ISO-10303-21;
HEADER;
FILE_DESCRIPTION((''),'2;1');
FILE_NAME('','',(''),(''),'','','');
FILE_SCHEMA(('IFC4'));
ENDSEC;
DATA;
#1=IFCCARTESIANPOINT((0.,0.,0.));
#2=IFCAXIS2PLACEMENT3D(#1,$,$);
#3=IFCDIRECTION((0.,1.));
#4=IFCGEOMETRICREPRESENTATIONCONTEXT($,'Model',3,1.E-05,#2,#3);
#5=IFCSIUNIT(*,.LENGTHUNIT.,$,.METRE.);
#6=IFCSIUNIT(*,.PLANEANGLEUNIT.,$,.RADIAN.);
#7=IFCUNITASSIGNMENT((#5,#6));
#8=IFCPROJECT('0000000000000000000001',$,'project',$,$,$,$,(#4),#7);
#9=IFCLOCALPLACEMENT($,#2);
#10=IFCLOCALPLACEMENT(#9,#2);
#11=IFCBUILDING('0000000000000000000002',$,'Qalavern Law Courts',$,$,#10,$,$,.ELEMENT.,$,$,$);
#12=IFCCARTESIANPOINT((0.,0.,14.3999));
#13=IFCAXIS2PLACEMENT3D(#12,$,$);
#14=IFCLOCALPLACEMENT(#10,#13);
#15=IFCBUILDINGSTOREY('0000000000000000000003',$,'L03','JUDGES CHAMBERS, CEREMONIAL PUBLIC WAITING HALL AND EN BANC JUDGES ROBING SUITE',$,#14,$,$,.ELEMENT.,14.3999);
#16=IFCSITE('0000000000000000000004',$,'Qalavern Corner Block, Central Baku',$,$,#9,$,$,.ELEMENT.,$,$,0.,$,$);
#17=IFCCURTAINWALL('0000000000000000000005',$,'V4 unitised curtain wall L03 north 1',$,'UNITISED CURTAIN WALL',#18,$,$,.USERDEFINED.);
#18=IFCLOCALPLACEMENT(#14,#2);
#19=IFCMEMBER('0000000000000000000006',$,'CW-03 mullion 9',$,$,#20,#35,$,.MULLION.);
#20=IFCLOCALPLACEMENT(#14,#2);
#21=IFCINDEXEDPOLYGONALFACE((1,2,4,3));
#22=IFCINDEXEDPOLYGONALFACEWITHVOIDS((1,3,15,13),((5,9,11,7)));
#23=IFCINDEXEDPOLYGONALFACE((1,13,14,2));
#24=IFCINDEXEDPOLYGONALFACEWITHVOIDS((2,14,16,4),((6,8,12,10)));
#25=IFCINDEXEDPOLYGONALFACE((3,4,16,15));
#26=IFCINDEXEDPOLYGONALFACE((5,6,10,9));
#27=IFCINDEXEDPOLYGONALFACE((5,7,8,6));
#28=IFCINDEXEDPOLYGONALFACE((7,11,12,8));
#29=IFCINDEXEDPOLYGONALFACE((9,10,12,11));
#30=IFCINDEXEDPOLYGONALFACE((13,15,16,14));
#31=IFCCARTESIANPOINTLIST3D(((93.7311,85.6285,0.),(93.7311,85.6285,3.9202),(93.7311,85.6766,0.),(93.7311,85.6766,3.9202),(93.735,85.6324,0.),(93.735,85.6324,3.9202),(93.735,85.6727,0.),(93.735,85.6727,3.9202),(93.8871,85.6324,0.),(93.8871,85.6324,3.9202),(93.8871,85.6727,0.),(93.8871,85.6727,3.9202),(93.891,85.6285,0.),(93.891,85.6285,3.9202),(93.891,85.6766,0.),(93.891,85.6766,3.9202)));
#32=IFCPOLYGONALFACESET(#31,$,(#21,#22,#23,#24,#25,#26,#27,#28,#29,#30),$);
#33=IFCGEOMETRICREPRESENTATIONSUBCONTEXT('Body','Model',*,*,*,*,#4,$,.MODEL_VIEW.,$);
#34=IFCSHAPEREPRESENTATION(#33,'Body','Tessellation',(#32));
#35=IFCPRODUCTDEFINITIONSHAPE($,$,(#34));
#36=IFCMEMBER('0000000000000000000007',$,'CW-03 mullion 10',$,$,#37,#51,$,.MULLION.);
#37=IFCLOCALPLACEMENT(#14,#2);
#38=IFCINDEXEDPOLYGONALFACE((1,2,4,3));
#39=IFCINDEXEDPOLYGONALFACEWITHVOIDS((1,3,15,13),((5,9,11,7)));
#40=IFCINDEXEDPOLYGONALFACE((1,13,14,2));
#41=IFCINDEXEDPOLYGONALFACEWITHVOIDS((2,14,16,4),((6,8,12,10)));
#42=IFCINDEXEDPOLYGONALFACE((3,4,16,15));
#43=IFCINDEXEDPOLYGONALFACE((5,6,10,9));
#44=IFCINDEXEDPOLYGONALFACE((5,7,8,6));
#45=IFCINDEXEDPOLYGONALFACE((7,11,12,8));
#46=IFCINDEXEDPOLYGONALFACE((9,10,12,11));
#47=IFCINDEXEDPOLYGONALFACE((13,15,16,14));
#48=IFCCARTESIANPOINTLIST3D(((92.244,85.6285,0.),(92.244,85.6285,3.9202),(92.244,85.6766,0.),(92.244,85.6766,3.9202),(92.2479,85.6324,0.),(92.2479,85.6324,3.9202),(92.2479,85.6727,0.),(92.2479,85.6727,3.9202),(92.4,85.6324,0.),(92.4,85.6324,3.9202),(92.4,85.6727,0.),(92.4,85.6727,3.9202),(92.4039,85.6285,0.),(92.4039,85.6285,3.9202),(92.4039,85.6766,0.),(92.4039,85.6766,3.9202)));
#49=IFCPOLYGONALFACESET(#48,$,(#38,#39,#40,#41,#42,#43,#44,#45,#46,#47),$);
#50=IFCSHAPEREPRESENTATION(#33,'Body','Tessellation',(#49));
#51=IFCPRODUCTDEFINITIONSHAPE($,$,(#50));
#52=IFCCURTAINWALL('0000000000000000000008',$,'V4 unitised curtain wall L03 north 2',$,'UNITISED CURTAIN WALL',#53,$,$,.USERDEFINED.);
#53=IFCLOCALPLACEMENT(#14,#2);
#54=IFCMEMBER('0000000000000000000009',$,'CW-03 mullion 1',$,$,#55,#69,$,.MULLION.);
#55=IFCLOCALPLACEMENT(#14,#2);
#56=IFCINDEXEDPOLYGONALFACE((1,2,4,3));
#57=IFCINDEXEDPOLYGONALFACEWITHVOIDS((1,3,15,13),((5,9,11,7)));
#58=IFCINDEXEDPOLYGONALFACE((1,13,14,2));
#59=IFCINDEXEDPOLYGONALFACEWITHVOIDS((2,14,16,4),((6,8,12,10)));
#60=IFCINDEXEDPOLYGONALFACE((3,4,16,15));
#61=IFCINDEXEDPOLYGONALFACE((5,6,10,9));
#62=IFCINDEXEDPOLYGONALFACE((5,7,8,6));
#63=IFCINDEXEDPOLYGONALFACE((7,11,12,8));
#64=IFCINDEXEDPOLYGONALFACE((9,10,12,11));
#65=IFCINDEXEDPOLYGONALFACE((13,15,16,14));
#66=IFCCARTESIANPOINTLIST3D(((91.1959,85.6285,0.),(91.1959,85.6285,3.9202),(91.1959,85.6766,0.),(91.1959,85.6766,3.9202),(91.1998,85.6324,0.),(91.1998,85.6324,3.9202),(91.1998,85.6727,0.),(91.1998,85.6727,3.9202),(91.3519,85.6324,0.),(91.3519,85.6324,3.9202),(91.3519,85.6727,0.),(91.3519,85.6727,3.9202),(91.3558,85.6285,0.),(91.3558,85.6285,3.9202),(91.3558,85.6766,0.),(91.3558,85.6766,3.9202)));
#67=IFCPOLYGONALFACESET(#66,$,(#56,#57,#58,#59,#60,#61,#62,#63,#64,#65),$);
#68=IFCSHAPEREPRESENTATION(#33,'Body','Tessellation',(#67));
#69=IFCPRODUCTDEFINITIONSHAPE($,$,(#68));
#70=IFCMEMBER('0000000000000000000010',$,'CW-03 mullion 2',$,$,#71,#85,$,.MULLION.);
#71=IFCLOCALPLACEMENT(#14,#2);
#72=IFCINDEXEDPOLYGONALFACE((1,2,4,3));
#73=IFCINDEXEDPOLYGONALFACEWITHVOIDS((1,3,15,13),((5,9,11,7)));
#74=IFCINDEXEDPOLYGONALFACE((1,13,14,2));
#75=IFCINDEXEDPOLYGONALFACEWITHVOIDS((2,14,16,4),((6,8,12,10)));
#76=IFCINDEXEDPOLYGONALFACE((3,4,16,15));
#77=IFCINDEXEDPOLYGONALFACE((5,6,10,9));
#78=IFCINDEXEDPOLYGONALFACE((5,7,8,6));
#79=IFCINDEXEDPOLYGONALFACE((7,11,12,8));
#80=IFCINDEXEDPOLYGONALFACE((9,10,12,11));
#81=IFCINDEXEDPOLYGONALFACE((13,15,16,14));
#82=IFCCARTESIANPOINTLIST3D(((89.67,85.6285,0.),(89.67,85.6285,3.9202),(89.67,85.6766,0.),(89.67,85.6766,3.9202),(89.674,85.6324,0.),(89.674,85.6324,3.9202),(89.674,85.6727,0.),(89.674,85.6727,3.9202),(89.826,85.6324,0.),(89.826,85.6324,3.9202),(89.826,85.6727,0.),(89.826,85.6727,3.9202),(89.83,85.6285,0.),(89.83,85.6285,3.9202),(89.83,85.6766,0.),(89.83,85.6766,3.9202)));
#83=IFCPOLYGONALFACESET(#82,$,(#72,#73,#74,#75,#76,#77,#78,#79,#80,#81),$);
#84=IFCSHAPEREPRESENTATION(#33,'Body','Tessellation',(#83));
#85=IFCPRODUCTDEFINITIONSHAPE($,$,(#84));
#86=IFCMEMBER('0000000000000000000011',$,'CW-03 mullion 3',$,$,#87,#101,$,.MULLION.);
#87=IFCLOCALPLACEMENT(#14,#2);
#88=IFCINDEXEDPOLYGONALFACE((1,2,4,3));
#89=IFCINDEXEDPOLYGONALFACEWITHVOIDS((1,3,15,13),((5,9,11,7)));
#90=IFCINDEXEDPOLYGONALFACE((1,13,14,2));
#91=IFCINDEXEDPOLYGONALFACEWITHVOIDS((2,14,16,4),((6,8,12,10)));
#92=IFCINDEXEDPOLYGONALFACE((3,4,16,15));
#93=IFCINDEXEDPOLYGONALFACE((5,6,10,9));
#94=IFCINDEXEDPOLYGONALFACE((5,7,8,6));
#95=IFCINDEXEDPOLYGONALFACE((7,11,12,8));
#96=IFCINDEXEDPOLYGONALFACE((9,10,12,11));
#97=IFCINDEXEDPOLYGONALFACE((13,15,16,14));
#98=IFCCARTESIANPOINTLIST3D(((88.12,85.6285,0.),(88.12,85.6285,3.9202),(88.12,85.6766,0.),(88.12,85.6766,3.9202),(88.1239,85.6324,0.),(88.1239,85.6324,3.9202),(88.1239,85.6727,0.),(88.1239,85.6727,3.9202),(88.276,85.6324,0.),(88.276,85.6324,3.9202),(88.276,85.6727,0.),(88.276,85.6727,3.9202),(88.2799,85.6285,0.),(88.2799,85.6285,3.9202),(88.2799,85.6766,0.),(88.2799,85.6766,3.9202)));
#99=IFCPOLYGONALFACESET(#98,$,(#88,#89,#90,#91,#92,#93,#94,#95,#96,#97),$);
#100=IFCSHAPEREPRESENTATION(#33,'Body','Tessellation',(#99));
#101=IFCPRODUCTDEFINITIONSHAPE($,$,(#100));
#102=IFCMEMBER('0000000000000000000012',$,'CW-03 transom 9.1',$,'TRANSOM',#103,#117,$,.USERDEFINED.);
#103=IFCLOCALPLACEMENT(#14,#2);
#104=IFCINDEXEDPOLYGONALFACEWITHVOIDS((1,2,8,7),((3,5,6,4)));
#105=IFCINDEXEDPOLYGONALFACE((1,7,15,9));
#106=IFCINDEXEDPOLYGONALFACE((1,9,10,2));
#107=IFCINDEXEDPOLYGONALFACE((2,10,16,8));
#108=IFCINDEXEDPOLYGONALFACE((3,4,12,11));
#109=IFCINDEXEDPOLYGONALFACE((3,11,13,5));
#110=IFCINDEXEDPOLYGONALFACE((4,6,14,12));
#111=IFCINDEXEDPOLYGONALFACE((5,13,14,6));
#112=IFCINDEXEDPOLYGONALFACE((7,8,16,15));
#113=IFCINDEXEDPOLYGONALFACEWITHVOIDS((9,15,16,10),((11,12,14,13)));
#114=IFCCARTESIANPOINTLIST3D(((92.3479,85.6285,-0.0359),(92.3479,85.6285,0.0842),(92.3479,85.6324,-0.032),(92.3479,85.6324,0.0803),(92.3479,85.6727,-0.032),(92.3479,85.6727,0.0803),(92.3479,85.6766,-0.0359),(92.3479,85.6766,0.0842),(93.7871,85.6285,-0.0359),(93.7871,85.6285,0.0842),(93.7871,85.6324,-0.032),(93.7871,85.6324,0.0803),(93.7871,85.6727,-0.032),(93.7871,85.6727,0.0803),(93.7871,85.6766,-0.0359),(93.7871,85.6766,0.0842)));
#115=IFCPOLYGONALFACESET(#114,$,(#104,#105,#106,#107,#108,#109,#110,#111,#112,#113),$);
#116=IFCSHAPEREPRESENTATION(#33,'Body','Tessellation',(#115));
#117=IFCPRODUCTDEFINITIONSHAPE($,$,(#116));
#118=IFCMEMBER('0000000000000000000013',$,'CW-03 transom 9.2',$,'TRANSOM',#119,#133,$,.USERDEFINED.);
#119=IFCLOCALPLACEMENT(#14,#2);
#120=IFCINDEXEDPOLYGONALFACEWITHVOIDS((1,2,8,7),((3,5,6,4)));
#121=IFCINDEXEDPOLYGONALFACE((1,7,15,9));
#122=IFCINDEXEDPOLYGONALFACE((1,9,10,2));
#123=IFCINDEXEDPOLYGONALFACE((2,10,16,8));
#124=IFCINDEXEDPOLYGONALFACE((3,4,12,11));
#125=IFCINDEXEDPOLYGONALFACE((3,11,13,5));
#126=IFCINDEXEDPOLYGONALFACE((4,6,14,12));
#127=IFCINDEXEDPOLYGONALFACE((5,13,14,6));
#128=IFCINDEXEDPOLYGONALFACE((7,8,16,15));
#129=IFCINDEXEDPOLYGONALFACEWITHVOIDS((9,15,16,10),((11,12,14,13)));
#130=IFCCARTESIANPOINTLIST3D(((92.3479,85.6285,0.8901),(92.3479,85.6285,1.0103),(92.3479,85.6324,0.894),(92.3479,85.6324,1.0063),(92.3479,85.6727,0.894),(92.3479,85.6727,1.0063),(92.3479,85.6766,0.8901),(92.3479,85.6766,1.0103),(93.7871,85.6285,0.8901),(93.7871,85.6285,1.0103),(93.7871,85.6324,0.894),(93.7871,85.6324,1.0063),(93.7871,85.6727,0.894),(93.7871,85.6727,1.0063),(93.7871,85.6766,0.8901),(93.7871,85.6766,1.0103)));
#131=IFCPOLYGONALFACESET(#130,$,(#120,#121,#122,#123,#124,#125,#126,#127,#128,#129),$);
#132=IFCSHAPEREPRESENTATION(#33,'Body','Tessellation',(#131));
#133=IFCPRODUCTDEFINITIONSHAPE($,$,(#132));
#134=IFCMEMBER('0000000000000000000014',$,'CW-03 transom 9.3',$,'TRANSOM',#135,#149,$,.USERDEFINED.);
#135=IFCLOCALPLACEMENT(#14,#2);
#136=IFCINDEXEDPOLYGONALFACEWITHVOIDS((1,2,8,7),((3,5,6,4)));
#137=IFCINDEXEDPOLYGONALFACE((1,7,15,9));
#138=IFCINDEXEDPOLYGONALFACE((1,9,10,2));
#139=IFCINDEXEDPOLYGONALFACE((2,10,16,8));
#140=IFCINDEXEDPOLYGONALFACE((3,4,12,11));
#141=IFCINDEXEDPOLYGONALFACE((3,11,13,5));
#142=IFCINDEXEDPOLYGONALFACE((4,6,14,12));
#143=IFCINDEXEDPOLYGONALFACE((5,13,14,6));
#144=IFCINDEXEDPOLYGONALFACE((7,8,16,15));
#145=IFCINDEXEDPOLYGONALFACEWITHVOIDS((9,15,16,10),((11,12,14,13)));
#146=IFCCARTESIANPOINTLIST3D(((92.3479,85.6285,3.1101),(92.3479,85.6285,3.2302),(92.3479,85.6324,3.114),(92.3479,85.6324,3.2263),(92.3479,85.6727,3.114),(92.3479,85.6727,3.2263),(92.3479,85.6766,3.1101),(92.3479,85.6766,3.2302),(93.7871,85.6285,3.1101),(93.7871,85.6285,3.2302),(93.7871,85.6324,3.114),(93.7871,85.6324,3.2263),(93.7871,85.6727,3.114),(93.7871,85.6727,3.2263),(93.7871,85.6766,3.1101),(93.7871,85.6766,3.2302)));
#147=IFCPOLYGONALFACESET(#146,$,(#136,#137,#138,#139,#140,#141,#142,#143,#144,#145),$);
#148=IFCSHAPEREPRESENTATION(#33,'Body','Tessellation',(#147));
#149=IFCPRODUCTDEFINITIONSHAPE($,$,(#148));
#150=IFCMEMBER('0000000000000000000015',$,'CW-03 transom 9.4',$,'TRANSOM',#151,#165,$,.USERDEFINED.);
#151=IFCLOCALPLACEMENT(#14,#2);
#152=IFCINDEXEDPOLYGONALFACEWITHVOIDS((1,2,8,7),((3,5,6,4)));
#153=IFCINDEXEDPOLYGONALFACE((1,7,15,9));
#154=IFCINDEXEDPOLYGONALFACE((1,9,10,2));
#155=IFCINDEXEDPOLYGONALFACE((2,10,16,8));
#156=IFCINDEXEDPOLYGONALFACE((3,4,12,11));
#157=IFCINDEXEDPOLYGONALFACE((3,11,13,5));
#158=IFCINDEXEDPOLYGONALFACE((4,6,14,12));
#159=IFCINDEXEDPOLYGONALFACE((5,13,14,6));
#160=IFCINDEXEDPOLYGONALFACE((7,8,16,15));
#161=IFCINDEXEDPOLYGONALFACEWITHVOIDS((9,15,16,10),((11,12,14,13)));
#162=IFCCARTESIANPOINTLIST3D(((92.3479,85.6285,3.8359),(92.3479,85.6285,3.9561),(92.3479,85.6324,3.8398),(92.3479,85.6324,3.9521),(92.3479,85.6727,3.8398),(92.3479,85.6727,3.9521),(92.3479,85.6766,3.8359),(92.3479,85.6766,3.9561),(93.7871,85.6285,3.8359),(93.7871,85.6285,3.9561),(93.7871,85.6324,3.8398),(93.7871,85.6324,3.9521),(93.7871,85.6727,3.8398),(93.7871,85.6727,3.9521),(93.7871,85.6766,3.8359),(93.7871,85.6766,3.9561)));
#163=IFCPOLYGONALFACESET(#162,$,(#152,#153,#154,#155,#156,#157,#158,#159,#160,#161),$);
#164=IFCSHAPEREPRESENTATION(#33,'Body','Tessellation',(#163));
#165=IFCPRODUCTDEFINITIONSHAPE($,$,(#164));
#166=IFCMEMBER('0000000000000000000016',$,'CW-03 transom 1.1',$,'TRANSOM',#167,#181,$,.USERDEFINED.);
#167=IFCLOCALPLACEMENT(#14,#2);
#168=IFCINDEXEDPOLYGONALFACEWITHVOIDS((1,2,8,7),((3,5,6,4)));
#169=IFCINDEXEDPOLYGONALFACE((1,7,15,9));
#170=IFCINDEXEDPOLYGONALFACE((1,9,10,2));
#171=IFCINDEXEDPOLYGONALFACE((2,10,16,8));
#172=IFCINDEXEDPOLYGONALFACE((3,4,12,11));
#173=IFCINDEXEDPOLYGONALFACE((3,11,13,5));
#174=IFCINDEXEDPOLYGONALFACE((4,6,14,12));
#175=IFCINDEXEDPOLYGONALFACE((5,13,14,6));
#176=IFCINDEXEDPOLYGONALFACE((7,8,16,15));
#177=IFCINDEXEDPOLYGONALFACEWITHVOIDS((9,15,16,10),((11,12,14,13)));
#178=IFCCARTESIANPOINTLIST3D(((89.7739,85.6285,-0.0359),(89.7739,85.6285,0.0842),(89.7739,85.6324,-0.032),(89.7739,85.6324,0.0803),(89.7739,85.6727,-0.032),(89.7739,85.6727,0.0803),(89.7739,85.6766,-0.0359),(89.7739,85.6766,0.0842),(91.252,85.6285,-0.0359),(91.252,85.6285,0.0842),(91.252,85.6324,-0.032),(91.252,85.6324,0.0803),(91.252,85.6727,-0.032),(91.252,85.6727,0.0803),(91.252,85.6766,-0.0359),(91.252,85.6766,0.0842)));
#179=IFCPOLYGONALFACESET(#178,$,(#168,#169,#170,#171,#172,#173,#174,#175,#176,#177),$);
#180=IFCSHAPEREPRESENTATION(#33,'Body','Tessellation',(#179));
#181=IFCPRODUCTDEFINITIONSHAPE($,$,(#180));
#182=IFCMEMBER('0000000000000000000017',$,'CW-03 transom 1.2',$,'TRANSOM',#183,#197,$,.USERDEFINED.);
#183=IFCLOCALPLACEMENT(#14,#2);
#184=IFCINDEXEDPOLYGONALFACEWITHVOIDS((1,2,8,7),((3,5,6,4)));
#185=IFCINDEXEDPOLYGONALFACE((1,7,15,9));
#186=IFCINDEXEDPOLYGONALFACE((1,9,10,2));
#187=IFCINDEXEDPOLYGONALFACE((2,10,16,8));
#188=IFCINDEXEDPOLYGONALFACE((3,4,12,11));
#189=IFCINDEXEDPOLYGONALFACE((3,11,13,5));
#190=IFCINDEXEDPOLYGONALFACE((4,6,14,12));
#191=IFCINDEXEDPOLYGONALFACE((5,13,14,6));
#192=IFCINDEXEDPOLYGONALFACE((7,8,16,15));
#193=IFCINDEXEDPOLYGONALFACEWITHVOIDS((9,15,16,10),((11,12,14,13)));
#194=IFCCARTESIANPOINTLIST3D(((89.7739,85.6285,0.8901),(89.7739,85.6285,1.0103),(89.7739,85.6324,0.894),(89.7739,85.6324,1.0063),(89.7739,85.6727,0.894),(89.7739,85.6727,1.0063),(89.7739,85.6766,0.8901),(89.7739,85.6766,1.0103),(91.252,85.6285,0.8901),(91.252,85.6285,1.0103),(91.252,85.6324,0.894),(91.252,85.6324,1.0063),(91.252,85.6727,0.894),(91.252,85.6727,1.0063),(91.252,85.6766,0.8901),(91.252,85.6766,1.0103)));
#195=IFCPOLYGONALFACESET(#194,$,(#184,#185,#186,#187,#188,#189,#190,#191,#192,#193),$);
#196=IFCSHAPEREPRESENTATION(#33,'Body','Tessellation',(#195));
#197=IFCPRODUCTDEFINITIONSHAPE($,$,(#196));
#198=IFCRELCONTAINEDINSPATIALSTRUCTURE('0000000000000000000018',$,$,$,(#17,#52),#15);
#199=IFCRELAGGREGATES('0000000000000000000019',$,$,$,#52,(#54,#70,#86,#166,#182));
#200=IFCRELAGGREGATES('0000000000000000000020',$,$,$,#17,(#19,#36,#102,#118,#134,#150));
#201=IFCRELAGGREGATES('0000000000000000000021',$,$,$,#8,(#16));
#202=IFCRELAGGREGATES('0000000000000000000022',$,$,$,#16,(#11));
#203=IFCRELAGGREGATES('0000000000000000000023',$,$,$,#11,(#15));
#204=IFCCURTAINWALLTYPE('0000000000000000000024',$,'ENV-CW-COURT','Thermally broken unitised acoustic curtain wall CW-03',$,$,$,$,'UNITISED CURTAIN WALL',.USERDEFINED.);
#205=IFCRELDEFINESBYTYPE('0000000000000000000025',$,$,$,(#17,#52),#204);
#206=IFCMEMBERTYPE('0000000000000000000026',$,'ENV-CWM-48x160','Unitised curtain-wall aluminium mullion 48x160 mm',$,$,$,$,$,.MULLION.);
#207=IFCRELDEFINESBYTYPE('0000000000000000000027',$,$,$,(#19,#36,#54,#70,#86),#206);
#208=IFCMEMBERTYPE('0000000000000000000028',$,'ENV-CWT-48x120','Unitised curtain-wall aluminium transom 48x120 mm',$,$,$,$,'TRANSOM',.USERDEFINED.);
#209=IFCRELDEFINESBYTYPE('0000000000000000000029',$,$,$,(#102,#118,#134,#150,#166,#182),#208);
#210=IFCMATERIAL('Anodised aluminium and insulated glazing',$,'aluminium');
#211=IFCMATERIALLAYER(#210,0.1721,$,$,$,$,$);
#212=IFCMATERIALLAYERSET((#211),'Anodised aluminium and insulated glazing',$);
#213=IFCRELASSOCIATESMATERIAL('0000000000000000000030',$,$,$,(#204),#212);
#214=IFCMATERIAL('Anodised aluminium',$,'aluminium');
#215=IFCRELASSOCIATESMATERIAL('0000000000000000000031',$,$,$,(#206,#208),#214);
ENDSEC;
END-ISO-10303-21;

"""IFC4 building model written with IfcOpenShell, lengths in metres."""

from ifc_helpers import new_model, si_unit, direction, frame, origin, origin_2d, place, context, subcontext, project, spatial, hollow_rectangle, extrude, material, layer, layer_set, material_profile, profile_set, type_object, element, aggregate, save


model = new_model("IFC4")

# Units and contexts
model_context = context("Model", 3, precision=1e-05, world=origin(), true_north=direction((0.0, 1.0)))
body_context = subcontext(model_context, "Body", "Model", "MODEL_VIEW")
ifc_project = project(units=[si_unit("LENGTHUNIT", "METRE"), si_unit("PLANEANGLEUNIT", "RADIAN")], contexts=[model_context])

# Site, building, storey
site_placement = place(None, origin())
site = spatial("IfcSite", under=ifc_project, at=site_placement, Name="Qalavern Corner Block, Central Baku", CompositionType="ELEMENT", RefElevation=0.0)
building_placement = place(site_placement, origin())
building = spatial("IfcBuilding", under=site, at=building_placement, Name="Qalavern Law Courts", CompositionType="ELEMENT")
storey_placement = place(building_placement, frame((0.0, 0.0, 14.3999)))
storey = spatial("IfcBuildingStorey", under=building, at=storey_placement, Name="L03", Description="JUDGES CHAMBERS, CEREMONIAL PUBLIC WAITING HALL AND EN BANC JUDGES ROBING SUITE", CompositionType="ELEMENT", Elevation=14.3999)

# Curtain walls, members
ifc_material_1 = material(Name="Anodised aluminium and insulated glazing", Category="aluminium")
ifc_layer_1 = layer(ifc_material_1, 0.1721)
ifc_layer_set_1 = layer_set([ifc_layer_1], Name="Anodised aluminium and insulated glazing")
curtain_wall_type = type_object("IfcCurtainWallType", Name="ENV-CW-COURT", Description="Thermally broken unitised acoustic curtain wall CW-03", ElementType="UNITISED CURTAIN WALL", PredefinedType="USERDEFINED", material=ifc_layer_set_1)
curtain_wall_1_placement = place(storey_placement, origin())
curtain_wall_1 = element("IfcCurtainWall", 1, at=curtain_wall_1_placement, inside=storey, type_object=curtain_wall_type, Name="V4 unitised curtain wall L03 north 1", ObjectType="UNITISED CURTAIN WALL", PredefinedType="USERDEFINED")
ifc_material_2 = material(Name="Anodised aluminium", Category="aluminium")
ifc_material_profile_1 = material_profile(ifc_material_2, hollow_rectangle(XDim=0.0481, YDim=0.1599, WallThickness=0.0039, at=origin_2d()), Name="ALU MULLION 48x160")
ifc_profile_set_1 = profile_set([ifc_material_profile_1], Name="Anodised aluminium")
member_type_1 = type_object("IfcMemberType", Name="ENV-CWM-48x160", Description="Unitised curtain-wall aluminium mullion 48x160 mm", PredefinedType="MULLION", material=ifc_profile_set_1)
member_1_placement = place(storey_placement, frame((93.811, 85.6526, 0.0), z_axis=(0.0, 0.0, 1.0), x_axis=(0.0, -1.0, 0.0)))
member_1 = element("IfcMember", 2, at=member_1_placement, type_object=member_type_1, Name="CW-03 mullion 9", PredefinedType="MULLION", context=body_context, shape_type="SweptSolid", body=[
    extrude(hollow_rectangle(XDim=0.0481, YDim=0.1599, WallThickness=0.0039, at=origin_2d()), origin(), (0.0, 0.0, 1.0), 3.9202),
])
member_2_placement = place(storey_placement, frame((92.324, 85.6526, 0.0), z_axis=(0.0, 0.0, 1.0), x_axis=(0.0, -1.0, 0.0)))
member_2 = element("IfcMember", 3, at=member_2_placement, type_object=member_type_1, Name="CW-03 mullion 10", PredefinedType="MULLION", context=body_context, shape_type="SweptSolid", body=[
    extrude(hollow_rectangle(XDim=0.0481, YDim=0.1599, WallThickness=0.0039, at=origin_2d()), origin(), (0.0, 0.0, 1.0), 3.9202),
])
curtain_wall_2_placement = place(storey_placement, origin())
curtain_wall_2 = element("IfcCurtainWall", 4, at=curtain_wall_2_placement, inside=storey, type_object=curtain_wall_type, Name="V4 unitised curtain wall L03 north 2", ObjectType="UNITISED CURTAIN WALL", PredefinedType="USERDEFINED")
member_3_placement = place(storey_placement, frame((91.2759, 85.6526, 0.0), z_axis=(0.0, 0.0, 1.0), x_axis=(0.0, -1.0, 0.0)))
member_3 = element("IfcMember", 5, at=member_3_placement, type_object=member_type_1, Name="CW-03 mullion 1", PredefinedType="MULLION", context=body_context, shape_type="SweptSolid", body=[
    extrude(hollow_rectangle(XDim=0.0481, YDim=0.1599, WallThickness=0.0039, at=origin_2d()), origin(), (0.0, 0.0, 1.0), 3.9202),
])
member_4_placement = place(storey_placement, frame((89.75, 85.6526, 0.0), z_axis=(0.0, 0.0, 1.0), x_axis=(0.0, -1.0, 0.0)))
member_4 = element("IfcMember", 6, at=member_4_placement, type_object=member_type_1, Name="CW-03 mullion 2", PredefinedType="MULLION", context=body_context, shape_type="SweptSolid", body=[
    extrude(hollow_rectangle(XDim=0.0481, YDim=0.1599, WallThickness=0.0039, at=origin_2d()), origin(), (0.0, 0.0, 1.0), 3.9202),
])
member_5_placement = place(storey_placement, frame((88.2, 85.6526, 0.0), z_axis=(0.0, 0.0, 1.0), x_axis=(0.0, -1.0, 0.0)))
member_5 = element("IfcMember", 7, at=member_5_placement, type_object=member_type_1, Name="CW-03 mullion 3", PredefinedType="MULLION", context=body_context, shape_type="SweptSolid", body=[
    extrude(hollow_rectangle(XDim=0.0481, YDim=0.1599, WallThickness=0.0039, at=origin_2d()), origin(), (0.0, 0.0, 1.0), 3.9202),
])

# Members
ifc_material_profile_2 = material_profile(ifc_material_2, hollow_rectangle(XDim=0.0481, YDim=0.1201, WallThickness=0.0039, at=origin_2d()), Name="ALU TRANSOM 48x120")
ifc_profile_set_2 = profile_set([ifc_material_profile_2], Name="Anodised aluminium")
member_type_2 = type_object("IfcMemberType", Name="ENV-CWT-48x120", Description="Unitised curtain-wall aluminium transom 48x120 mm", ElementType="TRANSOM", PredefinedType="USERDEFINED", material=ifc_profile_set_2)
member_6_placement = place(storey_placement, frame((93.7871, 85.6526, 0.0242), z_axis=(-1.0, 0.0, 0.0), x_axis=(0.0, -1.0, 0.0)))
member_6 = element("IfcMember", 8, at=member_6_placement, type_object=member_type_2, Name="CW-03 transom 9.1", ObjectType="TRANSOM", PredefinedType="USERDEFINED", context=body_context, shape_type="SweptSolid", body=[
    extrude(hollow_rectangle(XDim=0.0481, YDim=0.1201, WallThickness=0.0039, at=origin_2d()), origin(), (0.0, 0.0, 1.0), 1.4392),
])
member_7_placement = place(storey_placement, frame((93.7871, 85.6526, 0.9502), z_axis=(-1.0, 0.0, 0.0), x_axis=(0.0, -1.0, 0.0)))
member_7 = element("IfcMember", 9, at=member_7_placement, type_object=member_type_2, Name="CW-03 transom 9.2", ObjectType="TRANSOM", PredefinedType="USERDEFINED", context=body_context, shape_type="SweptSolid", body=[
    extrude(hollow_rectangle(XDim=0.0481, YDim=0.1201, WallThickness=0.0039, at=origin_2d()), origin(), (0.0, 0.0, 1.0), 1.4392),
])
member_8_placement = place(storey_placement, frame((93.7871, 85.6526, 3.1702), z_axis=(-1.0, 0.0, 0.0), x_axis=(0.0, -1.0, 0.0)))
member_8 = element("IfcMember", 10, at=member_8_placement, type_object=member_type_2, Name="CW-03 transom 9.3", ObjectType="TRANSOM", PredefinedType="USERDEFINED", context=body_context, shape_type="SweptSolid", body=[
    extrude(hollow_rectangle(XDim=0.0481, YDim=0.1201, WallThickness=0.0039, at=origin_2d()), origin(), (0.0, 0.0, 1.0), 1.4392),
])
member_9_placement = place(storey_placement, frame((93.7871, 85.6526, 3.896), z_axis=(-1.0, 0.0, 0.0), x_axis=(0.0, -1.0, 0.0)))
member_9 = element("IfcMember", 11, at=member_9_placement, type_object=member_type_2, Name="CW-03 transom 9.4", ObjectType="TRANSOM", PredefinedType="USERDEFINED", context=body_context, shape_type="SweptSolid", body=[
    extrude(hollow_rectangle(XDim=0.0481, YDim=0.1201, WallThickness=0.0039, at=origin_2d()), origin(), (0.0, 0.0, 1.0), 1.4392),
])
member_10_placement = place(storey_placement, frame((91.252, 85.6526, 0.0242), z_axis=(-1.0, 0.0, 0.0), x_axis=(0.0, -1.0, 0.0)))
member_10 = element("IfcMember", 12, at=member_10_placement, type_object=member_type_2, Name="CW-03 transom 1.1", ObjectType="TRANSOM", PredefinedType="USERDEFINED", context=body_context, shape_type="SweptSolid", body=[
    extrude(hollow_rectangle(XDim=0.0481, YDim=0.1201, WallThickness=0.0039, at=origin_2d()), origin(), (0.0, 0.0, 1.0), 1.478),
])
member_11_placement = place(storey_placement, frame((91.252, 85.6526, 0.9502), z_axis=(-1.0, 0.0, 0.0), x_axis=(0.0, -1.0, 0.0)))
member_11 = element("IfcMember", 13, at=member_11_placement, type_object=member_type_2, Name="CW-03 transom 1.2", ObjectType="TRANSOM", PredefinedType="USERDEFINED", context=body_context, shape_type="SweptSolid", body=[
    extrude(hollow_rectangle(XDim=0.0481, YDim=0.1201, WallThickness=0.0039, at=origin_2d()), origin(), (0.0, 0.0, 1.0), 1.478),
])

aggregate(curtain_wall_2, [member_3, member_4, member_5, member_10, member_11])
aggregate(curtain_wall_1, [member_1, member_2, member_6, member_7, member_8, member_9])

save(model, "model.ifc")
